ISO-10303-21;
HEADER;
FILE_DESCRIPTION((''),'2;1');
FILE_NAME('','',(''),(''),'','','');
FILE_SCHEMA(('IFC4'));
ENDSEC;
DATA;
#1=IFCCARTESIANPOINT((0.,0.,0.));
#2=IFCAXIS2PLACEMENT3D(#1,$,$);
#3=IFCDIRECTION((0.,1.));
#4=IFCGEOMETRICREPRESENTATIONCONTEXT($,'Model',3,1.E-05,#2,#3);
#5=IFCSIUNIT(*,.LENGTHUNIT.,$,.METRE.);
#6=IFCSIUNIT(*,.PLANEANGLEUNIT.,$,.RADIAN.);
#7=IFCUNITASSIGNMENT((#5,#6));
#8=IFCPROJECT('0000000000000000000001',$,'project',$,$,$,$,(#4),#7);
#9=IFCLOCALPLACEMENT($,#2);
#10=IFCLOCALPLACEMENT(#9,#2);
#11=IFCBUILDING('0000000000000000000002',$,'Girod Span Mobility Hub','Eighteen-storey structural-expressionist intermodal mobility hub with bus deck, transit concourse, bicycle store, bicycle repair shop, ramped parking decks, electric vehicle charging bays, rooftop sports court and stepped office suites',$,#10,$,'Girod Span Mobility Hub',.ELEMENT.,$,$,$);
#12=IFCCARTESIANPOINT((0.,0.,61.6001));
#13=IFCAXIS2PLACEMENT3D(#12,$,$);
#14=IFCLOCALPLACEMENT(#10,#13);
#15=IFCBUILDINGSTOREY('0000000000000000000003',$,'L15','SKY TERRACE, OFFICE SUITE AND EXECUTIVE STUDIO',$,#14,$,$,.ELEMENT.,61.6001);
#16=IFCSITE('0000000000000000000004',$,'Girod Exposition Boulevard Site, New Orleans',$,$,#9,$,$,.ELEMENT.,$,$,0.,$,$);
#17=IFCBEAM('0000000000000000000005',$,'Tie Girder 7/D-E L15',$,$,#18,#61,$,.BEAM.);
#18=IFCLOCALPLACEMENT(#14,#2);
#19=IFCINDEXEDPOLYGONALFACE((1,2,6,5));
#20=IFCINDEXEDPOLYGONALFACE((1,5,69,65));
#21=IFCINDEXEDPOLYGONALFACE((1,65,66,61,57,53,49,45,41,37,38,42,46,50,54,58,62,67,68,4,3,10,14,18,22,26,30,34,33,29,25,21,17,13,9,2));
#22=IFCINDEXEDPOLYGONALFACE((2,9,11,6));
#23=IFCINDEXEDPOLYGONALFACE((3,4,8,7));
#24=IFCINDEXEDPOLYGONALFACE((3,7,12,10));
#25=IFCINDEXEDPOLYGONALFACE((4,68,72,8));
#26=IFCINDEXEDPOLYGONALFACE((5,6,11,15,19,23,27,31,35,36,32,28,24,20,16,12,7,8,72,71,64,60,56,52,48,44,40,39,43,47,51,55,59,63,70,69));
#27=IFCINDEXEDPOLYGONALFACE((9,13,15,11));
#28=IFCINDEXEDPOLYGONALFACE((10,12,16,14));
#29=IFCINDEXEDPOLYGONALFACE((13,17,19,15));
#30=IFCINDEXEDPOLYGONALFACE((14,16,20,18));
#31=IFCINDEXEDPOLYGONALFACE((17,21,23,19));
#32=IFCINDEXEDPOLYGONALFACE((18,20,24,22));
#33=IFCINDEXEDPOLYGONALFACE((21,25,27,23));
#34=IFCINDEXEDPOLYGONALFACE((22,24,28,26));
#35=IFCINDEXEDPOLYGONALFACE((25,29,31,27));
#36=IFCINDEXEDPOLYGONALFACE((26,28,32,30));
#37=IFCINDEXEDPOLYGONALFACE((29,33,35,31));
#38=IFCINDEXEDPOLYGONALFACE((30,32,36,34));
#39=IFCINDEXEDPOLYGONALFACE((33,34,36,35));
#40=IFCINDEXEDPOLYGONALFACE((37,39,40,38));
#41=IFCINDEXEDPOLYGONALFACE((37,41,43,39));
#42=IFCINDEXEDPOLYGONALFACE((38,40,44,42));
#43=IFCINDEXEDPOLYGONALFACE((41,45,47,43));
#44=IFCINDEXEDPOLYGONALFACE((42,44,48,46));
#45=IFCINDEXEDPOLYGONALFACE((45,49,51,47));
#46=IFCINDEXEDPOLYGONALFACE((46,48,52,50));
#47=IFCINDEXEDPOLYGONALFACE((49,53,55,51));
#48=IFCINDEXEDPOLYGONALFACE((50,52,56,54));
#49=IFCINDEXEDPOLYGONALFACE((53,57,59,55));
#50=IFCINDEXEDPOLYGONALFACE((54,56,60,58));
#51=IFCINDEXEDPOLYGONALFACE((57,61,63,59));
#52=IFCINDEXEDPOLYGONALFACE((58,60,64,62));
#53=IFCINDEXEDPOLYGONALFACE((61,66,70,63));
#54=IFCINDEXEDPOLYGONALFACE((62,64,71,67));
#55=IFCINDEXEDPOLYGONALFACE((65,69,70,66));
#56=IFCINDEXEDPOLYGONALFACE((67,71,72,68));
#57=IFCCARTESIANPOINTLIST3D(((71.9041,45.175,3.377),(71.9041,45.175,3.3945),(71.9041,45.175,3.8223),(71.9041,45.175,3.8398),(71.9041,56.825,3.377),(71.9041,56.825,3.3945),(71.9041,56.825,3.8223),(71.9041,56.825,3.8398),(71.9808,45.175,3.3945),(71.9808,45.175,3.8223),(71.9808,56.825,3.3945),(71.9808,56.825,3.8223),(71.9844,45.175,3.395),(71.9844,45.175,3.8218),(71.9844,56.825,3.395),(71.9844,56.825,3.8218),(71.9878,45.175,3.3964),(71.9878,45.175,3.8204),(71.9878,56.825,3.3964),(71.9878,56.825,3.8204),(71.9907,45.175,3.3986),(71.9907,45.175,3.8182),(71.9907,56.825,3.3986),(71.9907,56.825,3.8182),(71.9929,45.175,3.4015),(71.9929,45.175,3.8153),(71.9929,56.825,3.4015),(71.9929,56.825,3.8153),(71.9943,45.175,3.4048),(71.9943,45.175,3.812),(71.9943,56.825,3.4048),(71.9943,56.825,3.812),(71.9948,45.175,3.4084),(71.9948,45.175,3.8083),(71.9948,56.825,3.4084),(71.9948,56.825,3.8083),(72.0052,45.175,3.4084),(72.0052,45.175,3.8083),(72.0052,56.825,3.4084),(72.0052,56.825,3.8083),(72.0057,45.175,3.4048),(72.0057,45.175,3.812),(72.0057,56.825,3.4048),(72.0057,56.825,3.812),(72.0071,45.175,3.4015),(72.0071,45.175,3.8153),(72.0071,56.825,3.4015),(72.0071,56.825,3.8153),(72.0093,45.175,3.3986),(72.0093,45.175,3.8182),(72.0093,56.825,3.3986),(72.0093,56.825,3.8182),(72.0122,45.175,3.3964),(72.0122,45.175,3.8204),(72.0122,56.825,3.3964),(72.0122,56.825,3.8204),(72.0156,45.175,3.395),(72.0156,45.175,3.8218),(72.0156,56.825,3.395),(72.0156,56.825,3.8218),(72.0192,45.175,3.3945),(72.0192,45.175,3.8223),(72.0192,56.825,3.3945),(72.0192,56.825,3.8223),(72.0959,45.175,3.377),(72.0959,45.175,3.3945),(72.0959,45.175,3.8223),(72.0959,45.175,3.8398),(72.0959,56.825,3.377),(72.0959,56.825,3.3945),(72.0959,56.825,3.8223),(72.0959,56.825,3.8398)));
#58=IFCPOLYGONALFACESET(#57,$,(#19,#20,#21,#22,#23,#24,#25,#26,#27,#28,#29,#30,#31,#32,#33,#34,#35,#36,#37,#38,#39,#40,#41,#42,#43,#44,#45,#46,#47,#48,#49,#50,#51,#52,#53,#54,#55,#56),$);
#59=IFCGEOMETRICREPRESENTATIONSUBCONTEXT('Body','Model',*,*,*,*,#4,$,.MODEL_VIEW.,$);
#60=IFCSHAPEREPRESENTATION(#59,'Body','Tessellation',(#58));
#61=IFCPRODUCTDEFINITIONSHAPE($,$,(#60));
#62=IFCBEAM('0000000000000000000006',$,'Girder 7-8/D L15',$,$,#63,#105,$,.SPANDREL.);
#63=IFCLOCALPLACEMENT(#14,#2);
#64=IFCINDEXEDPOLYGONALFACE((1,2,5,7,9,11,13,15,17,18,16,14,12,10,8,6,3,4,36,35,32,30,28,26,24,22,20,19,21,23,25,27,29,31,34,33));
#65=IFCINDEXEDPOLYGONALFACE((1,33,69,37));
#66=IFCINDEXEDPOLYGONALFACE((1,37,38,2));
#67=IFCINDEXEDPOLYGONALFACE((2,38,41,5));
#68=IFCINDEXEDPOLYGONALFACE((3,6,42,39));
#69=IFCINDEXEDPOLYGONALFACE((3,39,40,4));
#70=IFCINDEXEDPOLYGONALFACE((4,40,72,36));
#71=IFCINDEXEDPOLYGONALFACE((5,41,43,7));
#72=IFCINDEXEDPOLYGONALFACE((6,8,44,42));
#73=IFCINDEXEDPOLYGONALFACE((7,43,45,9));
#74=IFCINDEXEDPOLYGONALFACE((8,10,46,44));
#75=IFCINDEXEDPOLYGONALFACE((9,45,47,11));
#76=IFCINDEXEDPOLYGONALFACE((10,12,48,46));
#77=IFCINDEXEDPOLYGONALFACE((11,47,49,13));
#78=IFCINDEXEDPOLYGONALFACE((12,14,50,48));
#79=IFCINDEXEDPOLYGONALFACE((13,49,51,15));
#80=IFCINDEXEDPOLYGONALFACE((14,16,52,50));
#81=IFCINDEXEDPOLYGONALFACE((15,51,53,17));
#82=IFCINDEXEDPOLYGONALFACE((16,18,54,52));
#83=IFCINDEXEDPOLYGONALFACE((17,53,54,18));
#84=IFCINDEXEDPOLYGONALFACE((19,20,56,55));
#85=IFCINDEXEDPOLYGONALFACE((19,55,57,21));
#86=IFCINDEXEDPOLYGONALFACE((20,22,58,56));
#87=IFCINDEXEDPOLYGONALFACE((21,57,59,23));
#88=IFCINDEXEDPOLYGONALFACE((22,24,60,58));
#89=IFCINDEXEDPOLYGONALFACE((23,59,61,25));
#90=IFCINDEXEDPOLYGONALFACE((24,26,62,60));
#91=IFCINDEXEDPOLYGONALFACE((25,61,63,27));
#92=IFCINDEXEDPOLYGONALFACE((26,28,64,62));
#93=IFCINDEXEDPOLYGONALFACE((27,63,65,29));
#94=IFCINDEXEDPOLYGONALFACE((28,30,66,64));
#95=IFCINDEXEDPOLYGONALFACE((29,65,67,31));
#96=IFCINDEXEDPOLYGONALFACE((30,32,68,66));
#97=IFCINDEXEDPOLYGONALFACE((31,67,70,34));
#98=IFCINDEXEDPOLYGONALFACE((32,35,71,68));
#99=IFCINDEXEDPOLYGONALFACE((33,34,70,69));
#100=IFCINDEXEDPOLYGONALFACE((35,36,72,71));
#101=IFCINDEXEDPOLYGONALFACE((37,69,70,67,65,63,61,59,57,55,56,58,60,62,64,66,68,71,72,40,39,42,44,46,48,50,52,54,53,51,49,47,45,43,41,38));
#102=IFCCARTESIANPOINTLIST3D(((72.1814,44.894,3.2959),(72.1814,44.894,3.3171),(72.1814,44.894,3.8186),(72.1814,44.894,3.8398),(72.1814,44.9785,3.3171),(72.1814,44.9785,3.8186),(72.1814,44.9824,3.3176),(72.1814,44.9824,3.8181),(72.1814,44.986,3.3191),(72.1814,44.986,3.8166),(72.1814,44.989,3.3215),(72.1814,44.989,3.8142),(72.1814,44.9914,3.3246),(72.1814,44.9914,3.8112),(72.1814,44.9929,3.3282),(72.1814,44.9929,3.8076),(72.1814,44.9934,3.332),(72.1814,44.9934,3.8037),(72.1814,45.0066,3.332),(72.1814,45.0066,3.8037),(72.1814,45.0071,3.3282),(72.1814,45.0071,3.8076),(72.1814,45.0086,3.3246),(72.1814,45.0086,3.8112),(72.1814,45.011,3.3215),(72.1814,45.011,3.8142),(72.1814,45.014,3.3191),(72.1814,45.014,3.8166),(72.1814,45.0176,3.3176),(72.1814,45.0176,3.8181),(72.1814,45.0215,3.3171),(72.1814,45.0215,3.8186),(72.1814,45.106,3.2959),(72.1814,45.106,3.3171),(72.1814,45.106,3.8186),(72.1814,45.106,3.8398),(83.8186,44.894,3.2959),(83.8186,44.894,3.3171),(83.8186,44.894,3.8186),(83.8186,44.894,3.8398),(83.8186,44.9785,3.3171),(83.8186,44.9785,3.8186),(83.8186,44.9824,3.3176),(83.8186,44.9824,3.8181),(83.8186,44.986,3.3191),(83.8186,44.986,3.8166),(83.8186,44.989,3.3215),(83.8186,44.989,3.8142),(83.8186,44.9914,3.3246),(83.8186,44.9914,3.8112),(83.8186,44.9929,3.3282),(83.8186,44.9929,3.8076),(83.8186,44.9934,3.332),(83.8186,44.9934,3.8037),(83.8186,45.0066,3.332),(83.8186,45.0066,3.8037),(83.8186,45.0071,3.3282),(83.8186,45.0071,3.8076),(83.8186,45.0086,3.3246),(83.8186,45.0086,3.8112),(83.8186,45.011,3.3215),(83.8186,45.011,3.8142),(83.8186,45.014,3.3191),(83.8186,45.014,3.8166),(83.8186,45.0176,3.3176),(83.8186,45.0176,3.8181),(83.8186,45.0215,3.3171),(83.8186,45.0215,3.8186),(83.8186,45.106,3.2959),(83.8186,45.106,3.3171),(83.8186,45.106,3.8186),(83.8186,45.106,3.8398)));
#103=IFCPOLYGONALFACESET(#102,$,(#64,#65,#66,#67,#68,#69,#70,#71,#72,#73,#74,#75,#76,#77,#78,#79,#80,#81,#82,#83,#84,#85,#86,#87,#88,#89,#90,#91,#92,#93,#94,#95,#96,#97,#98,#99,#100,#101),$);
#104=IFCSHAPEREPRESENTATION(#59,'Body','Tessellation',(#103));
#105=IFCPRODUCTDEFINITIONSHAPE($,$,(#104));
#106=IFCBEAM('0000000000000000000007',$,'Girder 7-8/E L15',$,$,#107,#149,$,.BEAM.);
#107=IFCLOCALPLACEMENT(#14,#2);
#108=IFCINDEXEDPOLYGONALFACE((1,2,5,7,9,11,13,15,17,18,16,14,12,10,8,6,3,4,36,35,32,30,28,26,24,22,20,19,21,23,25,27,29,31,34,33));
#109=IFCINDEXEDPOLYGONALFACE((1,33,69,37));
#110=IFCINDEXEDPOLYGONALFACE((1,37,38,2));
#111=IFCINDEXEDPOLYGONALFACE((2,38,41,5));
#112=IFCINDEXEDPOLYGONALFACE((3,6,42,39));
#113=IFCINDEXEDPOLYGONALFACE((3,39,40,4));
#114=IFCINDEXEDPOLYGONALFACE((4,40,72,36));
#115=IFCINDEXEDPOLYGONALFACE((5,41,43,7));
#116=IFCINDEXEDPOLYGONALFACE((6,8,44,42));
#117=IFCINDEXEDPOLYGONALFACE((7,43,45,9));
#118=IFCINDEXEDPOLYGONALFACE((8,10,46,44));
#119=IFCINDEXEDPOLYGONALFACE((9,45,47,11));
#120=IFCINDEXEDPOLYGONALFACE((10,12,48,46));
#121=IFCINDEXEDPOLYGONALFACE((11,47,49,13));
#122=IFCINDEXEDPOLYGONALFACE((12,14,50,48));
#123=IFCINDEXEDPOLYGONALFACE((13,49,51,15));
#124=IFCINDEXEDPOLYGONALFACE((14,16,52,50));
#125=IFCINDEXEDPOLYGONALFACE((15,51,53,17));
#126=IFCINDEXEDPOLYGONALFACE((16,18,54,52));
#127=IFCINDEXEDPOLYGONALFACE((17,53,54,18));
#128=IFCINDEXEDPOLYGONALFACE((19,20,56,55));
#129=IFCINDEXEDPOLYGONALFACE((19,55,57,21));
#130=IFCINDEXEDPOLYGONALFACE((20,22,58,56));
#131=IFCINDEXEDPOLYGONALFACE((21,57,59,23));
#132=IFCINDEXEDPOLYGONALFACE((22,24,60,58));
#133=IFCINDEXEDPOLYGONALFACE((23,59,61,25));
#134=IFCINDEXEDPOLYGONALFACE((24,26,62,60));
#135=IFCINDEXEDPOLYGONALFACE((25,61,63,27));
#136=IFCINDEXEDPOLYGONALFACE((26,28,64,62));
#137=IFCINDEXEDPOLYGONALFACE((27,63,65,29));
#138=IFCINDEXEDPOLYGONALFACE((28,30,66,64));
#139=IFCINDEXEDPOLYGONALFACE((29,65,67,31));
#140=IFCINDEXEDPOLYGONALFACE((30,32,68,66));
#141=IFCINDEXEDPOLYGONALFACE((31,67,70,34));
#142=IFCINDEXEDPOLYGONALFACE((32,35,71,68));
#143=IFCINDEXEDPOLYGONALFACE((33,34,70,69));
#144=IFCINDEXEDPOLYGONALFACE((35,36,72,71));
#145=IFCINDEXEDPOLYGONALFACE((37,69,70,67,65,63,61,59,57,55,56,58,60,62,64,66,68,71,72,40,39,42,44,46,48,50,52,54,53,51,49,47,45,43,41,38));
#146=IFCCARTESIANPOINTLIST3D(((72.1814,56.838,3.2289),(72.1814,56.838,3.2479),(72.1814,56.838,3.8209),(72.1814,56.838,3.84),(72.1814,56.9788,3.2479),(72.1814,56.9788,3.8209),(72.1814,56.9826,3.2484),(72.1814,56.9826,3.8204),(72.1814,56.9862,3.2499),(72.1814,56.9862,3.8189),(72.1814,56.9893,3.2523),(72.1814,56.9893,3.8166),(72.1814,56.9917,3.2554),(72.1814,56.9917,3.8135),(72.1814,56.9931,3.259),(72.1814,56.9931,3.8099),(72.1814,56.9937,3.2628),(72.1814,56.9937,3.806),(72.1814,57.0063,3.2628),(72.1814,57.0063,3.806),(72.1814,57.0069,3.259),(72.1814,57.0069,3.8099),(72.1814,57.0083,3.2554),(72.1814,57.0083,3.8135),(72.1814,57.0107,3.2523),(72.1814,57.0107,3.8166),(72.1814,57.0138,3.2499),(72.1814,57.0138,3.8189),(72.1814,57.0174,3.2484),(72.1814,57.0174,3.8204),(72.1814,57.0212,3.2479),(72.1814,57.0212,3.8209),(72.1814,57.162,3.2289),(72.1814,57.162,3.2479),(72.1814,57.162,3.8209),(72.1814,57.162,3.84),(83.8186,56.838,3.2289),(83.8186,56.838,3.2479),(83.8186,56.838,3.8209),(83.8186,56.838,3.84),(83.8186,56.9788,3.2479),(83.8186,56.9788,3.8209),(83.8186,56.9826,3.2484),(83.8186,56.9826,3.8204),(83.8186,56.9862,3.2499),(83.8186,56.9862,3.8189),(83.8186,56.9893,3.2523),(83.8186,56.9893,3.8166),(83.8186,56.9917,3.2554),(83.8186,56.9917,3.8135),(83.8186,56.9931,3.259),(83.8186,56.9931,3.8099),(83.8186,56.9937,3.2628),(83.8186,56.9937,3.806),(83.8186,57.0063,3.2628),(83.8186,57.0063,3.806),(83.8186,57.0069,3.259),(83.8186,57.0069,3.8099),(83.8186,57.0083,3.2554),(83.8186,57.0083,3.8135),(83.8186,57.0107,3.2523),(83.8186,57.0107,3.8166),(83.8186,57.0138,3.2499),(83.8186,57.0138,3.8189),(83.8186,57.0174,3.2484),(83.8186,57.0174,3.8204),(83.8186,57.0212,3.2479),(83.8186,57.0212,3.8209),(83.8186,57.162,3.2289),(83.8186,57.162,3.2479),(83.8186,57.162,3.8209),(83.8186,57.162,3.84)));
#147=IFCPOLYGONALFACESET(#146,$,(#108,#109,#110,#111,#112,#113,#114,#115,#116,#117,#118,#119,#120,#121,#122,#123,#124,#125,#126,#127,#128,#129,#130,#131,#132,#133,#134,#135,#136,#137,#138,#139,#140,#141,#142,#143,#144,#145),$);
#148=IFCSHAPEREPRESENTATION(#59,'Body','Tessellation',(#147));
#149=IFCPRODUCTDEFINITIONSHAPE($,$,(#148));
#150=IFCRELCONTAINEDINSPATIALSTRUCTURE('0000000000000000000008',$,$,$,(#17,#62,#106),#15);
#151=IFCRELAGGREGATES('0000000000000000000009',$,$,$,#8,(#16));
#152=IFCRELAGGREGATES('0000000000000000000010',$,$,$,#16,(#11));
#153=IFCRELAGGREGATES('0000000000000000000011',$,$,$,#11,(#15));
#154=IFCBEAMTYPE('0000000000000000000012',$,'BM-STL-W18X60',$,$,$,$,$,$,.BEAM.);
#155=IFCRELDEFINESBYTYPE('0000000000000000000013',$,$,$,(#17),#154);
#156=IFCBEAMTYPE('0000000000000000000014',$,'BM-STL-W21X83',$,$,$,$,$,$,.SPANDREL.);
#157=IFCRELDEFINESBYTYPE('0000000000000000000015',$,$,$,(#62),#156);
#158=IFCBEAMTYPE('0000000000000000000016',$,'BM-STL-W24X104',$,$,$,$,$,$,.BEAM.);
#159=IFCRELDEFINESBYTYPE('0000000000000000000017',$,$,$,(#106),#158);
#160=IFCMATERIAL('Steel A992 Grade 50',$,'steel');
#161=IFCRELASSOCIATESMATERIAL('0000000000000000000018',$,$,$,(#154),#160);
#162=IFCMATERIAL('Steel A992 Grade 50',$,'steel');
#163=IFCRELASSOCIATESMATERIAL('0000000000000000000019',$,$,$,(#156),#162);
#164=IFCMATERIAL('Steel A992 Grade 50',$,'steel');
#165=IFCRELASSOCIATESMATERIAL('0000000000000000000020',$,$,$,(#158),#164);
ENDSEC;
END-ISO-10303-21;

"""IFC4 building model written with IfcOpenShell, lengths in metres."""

from ifc_helpers import new_model, si_unit, direction, frame, origin, origin_2d, place, context, subcontext, project, spatial, i_section, extrude, material, material_profile, profile_set, type_object, element, save


model = new_model("IFC4")

# Units and contexts
model_context = context("Model", 3, precision=1e-05, world=origin(), true_north=direction((0.0, 1.0)))
body_context = subcontext(model_context, "Body", "Model", "MODEL_VIEW")
ifc_project = project(units=[si_unit("LENGTHUNIT", "METRE"), si_unit("PLANEANGLEUNIT", "RADIAN")], contexts=[model_context])

# Site, building, storey
site_placement = place(None, origin())
site = spatial("IfcSite", under=ifc_project, at=site_placement, Name="Girod Exposition Boulevard Site, New Orleans", CompositionType="ELEMENT", RefElevation=0.0)
building_placement = place(site_placement, origin())
building = spatial("IfcBuilding", under=site, at=building_placement, Name="Girod Span Mobility Hub", Description="Eighteen-storey structural-expressionist intermodal mobility hub with bus deck, transit concourse, bicycle store, bicycle repair shop, ramped parking decks, electric vehicle charging bays, rooftop sports court and stepped office suites", LongName="Girod Span Mobility Hub", CompositionType="ELEMENT")
storey_placement = place(building_placement, frame((0.0, 0.0, 61.6001)))
storey = spatial("IfcBuildingStorey", under=building, at=storey_placement, Name="L15", Description="SKY TERRACE, OFFICE SUITE AND EXECUTIVE STUDIO", CompositionType="ELEMENT", Elevation=61.6001)

# Beams
ifc_material_1 = material(Name="Steel A992 Grade 50", Category="steel")
ifc_material_profile_1 = material_profile(ifc_material_1, i_section(OverallWidth=0.1919, OverallDepth=0.4629, WebThickness=0.0105, FlangeThickness=0.0176, FilletRadius=0.0139, at=origin_2d()), Name="W18X60")
ifc_profile_set_1 = profile_set([ifc_material_profile_1], Name="Steel A992 Grade 50")
beam_type_1 = type_object("IfcBeamType", Name="BM-STL-W18X60", PredefinedType="BEAM", material=ifc_profile_set_1)
beam_1_placement = place(storey_placement, frame((72.0, 45.175, 3.6084), z_axis=(0.0, 1.0, 0.0), x_axis=(-1.0, 0.0, 0.0)))
element("IfcBeam", 1, at=beam_1_placement, inside=storey, type_object=beam_type_1, Name="Tie Girder 7/D-E L15", PredefinedType="BEAM", context=body_context, shape_type="SweptSolid", body=[
    extrude(i_section(OverallWidth=0.1919, OverallDepth=0.4629, WebThickness=0.0105, FlangeThickness=0.0176, FilletRadius=0.0139, at=origin_2d()), origin(), (0.0, 0.0, 1.0), 11.6499),
])
ifc_material_2 = material(Name="Steel A992 Grade 50", Category="steel")
ifc_material_profile_2 = material_profile(ifc_material_2, i_section(OverallWidth=0.2119, OverallDepth=0.5439, WebThickness=0.0132, FlangeThickness=0.0212, FilletRadius=0.0149, at=origin_2d()), Name="W21X83")
ifc_profile_set_2 = profile_set([ifc_material_profile_2], Name="Steel A992 Grade 50")
beam_type_2 = type_object("IfcBeamType", Name="BM-STL-W21X83", PredefinedType="SPANDREL", material=ifc_profile_set_2)
beam_2_placement = place(storey_placement, frame((72.1814, 45.0, 3.5679), z_axis=(1.0, 0.0, 0.0), x_axis=(0.0, 1.0, 0.0)))
element("IfcBeam", 2, at=beam_2_placement, inside=storey, type_object=beam_type_2, Name="Girder 7-8/D L15", PredefinedType="SPANDREL", context=body_context, shape_type="SweptSolid", body=[
    extrude(i_section(OverallWidth=0.2119, OverallDepth=0.5439, WebThickness=0.0132, FlangeThickness=0.0212, FilletRadius=0.0149, at=origin_2d()), origin(), (0.0, 0.0, 1.0), 11.6372),
])
ifc_material_3 = material(Name="Steel A992 Grade 50", Category="steel")
ifc_material_profile_3 = material_profile(ifc_material_3, i_section(OverallWidth=0.324, OverallDepth=0.6111, WebThickness=0.0127, FlangeThickness=0.019, FilletRadius=0.0149, at=origin_2d()), Name="W24X104")
ifc_profile_set_3 = profile_set([ifc_material_profile_3], Name="Steel A992 Grade 50")
beam_type_3 = type_object("IfcBeamType", Name="BM-STL-W24X104", PredefinedType="BEAM", material=ifc_profile_set_3)
beam_3_placement = place(storey_placement, frame((72.1814, 57.0, 3.5344), z_axis=(1.0, 0.0, 0.0), x_axis=(0.0, 1.0, 0.0)))
element("IfcBeam", 3, at=beam_3_placement, inside=storey, type_object=beam_type_3, Name="Girder 7-8/E L15", PredefinedType="BEAM", context=body_context, shape_type="SweptSolid", body=[
    extrude(i_section(OverallWidth=0.324, OverallDepth=0.6111, WebThickness=0.0127, FlangeThickness=0.019, FilletRadius=0.0149, at=origin_2d()), origin(), (0.0, 0.0, 1.0), 11.6372),
])

save(model, "model.ifc")
